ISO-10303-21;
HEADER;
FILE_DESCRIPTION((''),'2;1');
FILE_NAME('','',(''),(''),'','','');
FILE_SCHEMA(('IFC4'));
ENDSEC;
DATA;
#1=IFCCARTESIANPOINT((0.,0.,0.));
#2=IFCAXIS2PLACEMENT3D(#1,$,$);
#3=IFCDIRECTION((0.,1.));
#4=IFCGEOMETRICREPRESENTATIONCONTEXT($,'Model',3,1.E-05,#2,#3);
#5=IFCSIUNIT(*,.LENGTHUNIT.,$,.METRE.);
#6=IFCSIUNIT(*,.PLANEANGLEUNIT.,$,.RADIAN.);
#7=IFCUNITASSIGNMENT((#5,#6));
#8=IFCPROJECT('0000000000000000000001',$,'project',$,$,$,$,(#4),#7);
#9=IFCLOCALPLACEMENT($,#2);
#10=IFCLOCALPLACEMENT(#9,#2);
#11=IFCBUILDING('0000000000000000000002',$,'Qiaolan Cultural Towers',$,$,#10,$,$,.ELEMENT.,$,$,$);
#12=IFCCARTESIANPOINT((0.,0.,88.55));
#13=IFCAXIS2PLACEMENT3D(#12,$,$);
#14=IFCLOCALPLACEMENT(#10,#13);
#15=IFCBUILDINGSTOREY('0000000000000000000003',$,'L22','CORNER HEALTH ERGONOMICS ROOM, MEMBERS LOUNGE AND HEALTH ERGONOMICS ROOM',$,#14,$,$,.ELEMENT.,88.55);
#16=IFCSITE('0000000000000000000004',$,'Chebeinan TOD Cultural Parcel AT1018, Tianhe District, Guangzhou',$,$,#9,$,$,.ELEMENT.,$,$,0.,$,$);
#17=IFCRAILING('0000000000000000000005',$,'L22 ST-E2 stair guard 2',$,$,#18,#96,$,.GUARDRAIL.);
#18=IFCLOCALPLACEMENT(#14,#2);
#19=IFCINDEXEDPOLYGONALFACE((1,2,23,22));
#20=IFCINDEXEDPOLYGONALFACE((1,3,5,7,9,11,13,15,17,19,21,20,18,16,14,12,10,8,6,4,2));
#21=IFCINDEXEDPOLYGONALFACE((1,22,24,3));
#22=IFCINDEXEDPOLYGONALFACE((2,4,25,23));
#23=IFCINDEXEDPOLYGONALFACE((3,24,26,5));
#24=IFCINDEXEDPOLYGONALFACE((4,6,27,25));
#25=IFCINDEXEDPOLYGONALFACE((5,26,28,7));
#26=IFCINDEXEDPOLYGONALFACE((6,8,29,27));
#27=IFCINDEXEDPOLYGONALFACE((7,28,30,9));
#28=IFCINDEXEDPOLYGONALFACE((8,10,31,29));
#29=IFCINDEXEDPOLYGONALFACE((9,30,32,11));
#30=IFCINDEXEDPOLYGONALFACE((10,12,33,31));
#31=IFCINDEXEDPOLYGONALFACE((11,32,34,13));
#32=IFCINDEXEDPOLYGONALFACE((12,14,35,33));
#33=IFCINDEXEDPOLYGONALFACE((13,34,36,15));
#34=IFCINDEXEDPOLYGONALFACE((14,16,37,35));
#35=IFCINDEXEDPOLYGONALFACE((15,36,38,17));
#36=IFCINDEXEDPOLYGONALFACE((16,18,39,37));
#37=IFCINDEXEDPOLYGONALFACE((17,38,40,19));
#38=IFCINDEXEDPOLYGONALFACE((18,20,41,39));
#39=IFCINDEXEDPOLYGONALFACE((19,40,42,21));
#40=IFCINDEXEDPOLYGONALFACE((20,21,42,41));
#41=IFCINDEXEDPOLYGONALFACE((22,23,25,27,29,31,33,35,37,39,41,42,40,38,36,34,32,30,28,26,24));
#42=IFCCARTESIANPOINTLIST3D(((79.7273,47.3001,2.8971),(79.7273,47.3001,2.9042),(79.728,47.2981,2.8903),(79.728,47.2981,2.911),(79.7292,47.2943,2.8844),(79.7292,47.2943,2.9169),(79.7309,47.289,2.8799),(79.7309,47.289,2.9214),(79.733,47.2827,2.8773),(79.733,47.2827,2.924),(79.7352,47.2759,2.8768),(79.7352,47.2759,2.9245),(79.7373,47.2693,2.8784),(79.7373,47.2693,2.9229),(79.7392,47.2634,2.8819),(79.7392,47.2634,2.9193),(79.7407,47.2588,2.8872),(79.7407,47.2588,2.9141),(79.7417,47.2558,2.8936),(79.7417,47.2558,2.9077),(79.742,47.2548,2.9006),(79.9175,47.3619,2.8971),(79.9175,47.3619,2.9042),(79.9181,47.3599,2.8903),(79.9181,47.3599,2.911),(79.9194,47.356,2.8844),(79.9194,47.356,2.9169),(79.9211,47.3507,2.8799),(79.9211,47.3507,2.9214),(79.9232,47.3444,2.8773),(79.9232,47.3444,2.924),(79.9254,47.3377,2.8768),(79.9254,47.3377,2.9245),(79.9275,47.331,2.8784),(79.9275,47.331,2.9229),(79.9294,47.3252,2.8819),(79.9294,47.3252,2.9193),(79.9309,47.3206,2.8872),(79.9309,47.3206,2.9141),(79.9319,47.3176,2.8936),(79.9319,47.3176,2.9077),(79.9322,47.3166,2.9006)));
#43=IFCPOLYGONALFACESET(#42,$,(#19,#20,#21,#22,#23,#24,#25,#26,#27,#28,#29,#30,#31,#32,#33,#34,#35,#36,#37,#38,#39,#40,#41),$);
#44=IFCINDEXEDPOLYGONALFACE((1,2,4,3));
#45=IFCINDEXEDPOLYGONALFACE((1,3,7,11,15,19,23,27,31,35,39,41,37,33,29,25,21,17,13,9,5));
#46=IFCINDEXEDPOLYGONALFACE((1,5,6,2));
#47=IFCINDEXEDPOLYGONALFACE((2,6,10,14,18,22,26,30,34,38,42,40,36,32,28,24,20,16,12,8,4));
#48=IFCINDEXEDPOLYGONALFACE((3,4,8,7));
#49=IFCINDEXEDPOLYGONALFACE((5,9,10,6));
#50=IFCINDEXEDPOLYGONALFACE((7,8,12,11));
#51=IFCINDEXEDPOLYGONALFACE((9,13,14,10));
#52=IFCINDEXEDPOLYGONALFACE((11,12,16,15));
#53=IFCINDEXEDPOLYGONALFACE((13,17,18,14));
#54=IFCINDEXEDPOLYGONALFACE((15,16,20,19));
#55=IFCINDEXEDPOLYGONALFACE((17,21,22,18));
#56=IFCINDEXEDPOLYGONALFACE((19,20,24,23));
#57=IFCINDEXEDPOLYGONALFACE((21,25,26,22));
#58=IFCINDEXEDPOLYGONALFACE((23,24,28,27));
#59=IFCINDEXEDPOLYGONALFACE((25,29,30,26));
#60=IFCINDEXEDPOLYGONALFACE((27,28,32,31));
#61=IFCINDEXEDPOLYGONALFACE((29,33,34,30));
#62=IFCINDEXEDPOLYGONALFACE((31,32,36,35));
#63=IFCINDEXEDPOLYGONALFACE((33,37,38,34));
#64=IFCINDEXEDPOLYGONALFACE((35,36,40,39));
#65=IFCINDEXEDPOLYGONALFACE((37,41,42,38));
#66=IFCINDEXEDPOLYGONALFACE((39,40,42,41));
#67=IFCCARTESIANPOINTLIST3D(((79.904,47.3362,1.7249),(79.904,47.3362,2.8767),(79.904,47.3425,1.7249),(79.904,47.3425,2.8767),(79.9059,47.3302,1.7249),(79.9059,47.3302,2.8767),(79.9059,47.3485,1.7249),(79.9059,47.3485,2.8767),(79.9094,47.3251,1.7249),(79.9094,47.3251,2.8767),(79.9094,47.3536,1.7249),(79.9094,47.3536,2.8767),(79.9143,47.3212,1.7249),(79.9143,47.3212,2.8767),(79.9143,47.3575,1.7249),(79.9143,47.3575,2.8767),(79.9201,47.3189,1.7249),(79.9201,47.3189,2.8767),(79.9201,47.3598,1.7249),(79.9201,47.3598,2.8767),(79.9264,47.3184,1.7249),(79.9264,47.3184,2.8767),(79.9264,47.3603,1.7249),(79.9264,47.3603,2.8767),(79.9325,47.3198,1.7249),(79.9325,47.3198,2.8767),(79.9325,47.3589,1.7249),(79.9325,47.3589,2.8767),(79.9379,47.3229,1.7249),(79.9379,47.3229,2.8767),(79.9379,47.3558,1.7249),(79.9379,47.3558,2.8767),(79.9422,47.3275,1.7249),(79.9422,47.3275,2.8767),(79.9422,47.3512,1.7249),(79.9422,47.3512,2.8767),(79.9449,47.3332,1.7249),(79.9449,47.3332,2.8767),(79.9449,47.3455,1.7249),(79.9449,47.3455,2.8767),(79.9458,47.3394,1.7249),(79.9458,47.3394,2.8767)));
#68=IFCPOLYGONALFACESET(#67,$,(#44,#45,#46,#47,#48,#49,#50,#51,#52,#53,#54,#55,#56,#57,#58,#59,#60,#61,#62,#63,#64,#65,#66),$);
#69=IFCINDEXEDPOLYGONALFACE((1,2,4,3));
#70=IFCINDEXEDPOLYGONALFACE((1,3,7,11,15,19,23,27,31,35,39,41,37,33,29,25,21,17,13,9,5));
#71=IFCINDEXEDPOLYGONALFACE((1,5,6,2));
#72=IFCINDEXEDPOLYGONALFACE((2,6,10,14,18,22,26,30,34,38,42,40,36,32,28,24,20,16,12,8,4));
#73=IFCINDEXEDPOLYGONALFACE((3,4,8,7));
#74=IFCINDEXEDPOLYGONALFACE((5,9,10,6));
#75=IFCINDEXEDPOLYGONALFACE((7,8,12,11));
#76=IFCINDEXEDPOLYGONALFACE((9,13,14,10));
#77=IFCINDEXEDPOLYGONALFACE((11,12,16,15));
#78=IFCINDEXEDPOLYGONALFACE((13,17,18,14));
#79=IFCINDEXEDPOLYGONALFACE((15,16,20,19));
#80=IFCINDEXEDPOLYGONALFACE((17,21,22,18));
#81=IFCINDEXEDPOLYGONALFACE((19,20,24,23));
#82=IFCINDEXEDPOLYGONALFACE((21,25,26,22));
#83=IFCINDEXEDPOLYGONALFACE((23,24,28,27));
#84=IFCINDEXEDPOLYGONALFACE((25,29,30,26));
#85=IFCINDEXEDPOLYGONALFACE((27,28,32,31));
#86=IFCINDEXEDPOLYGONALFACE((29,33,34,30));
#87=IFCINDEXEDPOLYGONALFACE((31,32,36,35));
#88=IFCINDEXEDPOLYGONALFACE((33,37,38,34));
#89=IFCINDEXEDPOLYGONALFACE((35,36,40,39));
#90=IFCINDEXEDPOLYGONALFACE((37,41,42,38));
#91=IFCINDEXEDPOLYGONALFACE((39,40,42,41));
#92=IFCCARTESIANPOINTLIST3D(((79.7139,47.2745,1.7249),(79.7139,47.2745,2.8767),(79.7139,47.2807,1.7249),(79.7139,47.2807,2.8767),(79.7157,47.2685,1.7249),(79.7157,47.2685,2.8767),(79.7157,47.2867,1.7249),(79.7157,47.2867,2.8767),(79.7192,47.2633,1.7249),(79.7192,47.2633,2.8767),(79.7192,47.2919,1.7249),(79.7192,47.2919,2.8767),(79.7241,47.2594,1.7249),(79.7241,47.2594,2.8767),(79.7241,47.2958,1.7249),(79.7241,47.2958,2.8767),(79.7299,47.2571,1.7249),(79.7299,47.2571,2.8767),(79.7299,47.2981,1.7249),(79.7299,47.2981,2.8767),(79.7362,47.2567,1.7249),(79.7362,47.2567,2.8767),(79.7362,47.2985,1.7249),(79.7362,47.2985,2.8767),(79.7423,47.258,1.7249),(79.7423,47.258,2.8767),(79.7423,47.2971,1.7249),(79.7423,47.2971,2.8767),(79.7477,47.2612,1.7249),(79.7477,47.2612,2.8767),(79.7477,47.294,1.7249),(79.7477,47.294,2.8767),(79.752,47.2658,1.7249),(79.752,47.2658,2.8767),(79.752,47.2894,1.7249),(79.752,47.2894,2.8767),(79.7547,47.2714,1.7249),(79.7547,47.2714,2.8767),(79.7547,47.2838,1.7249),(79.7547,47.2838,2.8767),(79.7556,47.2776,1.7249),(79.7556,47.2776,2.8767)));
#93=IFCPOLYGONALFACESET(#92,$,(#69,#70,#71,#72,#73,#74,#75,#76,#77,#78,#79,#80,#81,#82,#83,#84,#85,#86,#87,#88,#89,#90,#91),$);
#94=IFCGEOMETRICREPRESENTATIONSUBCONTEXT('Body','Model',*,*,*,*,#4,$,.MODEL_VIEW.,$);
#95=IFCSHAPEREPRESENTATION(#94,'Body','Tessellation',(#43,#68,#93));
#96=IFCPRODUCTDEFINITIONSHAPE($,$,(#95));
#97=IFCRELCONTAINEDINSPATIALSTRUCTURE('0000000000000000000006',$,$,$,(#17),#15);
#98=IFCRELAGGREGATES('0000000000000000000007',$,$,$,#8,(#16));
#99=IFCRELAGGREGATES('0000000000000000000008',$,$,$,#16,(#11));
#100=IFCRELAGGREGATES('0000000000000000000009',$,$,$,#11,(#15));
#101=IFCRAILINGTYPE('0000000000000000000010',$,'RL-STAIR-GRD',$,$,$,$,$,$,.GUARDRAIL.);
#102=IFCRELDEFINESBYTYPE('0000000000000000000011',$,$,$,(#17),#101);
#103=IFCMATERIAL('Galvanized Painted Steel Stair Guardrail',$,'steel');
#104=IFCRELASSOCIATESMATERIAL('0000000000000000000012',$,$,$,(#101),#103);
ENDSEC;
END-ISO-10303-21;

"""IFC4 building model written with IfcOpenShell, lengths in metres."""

from ifc_helpers import new_model, si_unit, direction, frame, origin, origin_2d, place, context, subcontext, project, spatial, circle, extrude, material, type_object, element, save


model = new_model("IFC4")

# Units and contexts
model_context = context("Model", 3, precision=1e-05, world=origin(), true_north=direction((0.0, 1.0)))
body_context = subcontext(model_context, "Body", "Model", "MODEL_VIEW")
ifc_project = project(units=[si_unit("LENGTHUNIT", "METRE"), si_unit("PLANEANGLEUNIT", "RADIAN")], contexts=[model_context])

# Site, building, storey
site_placement = place(None, origin())
site = spatial("IfcSite", under=ifc_project, at=site_placement, Name="Chebeinan TOD Cultural Parcel AT1018, Tianhe District, Guangzhou", CompositionType="ELEMENT", RefElevation=0.0)
building_placement = place(site_placement, origin())
building = spatial("IfcBuilding", under=site, at=building_placement, Name="Qiaolan Cultural Towers", CompositionType="ELEMENT")
storey_placement = place(building_placement, frame((0.0, 0.0, 88.55)))
storey = spatial("IfcBuildingStorey", under=building, at=storey_placement, Name="L22", Description="CORNER HEALTH ERGONOMICS ROOM, MEMBERS LOUNGE AND HEALTH ERGONOMICS ROOM", CompositionType="ELEMENT", Elevation=88.55)

# Railing
ifc_material_1 = material(Name="Galvanized Painted Steel Stair Guardrail", Category="steel")
railing_type_1 = type_object("IfcRailingType", Name="RL-STAIR-GRD", PredefinedType="GUARDRAIL", material=ifc_material_1)
railing_1_placement = place(storey_placement, frame((79.9248, 47.3394, 1.7249)))
element("IfcRailing", 1, at=railing_1_placement, inside=storey, type_object=railing_type_1, Name="L22 ST-E2 stair guard 2", PredefinedType="GUARDRAIL", context=body_context, shape_type="SweptSolid", body=[
    extrude(circle(Radius=0.0239, at=origin_2d()), frame((0.0, 0.0, 1.1758), z_axis=(-0.951097, -0.308893, 0.0), x_axis=(0.308893, -0.951097, 0.0)), (0.0, 0.0, 1.0), 0.2),
    extrude(circle(Radius=0.021, at=origin_2d()), origin(), (0.0, 0.0, 1.0), 1.1519),
    extrude(circle(Radius=0.021, at=origin_2d()), frame((-0.1902, -0.0618, 0.0)), (0.0, 0.0, 1.0), 1.1519),
])

save(model, "model.ifc")
